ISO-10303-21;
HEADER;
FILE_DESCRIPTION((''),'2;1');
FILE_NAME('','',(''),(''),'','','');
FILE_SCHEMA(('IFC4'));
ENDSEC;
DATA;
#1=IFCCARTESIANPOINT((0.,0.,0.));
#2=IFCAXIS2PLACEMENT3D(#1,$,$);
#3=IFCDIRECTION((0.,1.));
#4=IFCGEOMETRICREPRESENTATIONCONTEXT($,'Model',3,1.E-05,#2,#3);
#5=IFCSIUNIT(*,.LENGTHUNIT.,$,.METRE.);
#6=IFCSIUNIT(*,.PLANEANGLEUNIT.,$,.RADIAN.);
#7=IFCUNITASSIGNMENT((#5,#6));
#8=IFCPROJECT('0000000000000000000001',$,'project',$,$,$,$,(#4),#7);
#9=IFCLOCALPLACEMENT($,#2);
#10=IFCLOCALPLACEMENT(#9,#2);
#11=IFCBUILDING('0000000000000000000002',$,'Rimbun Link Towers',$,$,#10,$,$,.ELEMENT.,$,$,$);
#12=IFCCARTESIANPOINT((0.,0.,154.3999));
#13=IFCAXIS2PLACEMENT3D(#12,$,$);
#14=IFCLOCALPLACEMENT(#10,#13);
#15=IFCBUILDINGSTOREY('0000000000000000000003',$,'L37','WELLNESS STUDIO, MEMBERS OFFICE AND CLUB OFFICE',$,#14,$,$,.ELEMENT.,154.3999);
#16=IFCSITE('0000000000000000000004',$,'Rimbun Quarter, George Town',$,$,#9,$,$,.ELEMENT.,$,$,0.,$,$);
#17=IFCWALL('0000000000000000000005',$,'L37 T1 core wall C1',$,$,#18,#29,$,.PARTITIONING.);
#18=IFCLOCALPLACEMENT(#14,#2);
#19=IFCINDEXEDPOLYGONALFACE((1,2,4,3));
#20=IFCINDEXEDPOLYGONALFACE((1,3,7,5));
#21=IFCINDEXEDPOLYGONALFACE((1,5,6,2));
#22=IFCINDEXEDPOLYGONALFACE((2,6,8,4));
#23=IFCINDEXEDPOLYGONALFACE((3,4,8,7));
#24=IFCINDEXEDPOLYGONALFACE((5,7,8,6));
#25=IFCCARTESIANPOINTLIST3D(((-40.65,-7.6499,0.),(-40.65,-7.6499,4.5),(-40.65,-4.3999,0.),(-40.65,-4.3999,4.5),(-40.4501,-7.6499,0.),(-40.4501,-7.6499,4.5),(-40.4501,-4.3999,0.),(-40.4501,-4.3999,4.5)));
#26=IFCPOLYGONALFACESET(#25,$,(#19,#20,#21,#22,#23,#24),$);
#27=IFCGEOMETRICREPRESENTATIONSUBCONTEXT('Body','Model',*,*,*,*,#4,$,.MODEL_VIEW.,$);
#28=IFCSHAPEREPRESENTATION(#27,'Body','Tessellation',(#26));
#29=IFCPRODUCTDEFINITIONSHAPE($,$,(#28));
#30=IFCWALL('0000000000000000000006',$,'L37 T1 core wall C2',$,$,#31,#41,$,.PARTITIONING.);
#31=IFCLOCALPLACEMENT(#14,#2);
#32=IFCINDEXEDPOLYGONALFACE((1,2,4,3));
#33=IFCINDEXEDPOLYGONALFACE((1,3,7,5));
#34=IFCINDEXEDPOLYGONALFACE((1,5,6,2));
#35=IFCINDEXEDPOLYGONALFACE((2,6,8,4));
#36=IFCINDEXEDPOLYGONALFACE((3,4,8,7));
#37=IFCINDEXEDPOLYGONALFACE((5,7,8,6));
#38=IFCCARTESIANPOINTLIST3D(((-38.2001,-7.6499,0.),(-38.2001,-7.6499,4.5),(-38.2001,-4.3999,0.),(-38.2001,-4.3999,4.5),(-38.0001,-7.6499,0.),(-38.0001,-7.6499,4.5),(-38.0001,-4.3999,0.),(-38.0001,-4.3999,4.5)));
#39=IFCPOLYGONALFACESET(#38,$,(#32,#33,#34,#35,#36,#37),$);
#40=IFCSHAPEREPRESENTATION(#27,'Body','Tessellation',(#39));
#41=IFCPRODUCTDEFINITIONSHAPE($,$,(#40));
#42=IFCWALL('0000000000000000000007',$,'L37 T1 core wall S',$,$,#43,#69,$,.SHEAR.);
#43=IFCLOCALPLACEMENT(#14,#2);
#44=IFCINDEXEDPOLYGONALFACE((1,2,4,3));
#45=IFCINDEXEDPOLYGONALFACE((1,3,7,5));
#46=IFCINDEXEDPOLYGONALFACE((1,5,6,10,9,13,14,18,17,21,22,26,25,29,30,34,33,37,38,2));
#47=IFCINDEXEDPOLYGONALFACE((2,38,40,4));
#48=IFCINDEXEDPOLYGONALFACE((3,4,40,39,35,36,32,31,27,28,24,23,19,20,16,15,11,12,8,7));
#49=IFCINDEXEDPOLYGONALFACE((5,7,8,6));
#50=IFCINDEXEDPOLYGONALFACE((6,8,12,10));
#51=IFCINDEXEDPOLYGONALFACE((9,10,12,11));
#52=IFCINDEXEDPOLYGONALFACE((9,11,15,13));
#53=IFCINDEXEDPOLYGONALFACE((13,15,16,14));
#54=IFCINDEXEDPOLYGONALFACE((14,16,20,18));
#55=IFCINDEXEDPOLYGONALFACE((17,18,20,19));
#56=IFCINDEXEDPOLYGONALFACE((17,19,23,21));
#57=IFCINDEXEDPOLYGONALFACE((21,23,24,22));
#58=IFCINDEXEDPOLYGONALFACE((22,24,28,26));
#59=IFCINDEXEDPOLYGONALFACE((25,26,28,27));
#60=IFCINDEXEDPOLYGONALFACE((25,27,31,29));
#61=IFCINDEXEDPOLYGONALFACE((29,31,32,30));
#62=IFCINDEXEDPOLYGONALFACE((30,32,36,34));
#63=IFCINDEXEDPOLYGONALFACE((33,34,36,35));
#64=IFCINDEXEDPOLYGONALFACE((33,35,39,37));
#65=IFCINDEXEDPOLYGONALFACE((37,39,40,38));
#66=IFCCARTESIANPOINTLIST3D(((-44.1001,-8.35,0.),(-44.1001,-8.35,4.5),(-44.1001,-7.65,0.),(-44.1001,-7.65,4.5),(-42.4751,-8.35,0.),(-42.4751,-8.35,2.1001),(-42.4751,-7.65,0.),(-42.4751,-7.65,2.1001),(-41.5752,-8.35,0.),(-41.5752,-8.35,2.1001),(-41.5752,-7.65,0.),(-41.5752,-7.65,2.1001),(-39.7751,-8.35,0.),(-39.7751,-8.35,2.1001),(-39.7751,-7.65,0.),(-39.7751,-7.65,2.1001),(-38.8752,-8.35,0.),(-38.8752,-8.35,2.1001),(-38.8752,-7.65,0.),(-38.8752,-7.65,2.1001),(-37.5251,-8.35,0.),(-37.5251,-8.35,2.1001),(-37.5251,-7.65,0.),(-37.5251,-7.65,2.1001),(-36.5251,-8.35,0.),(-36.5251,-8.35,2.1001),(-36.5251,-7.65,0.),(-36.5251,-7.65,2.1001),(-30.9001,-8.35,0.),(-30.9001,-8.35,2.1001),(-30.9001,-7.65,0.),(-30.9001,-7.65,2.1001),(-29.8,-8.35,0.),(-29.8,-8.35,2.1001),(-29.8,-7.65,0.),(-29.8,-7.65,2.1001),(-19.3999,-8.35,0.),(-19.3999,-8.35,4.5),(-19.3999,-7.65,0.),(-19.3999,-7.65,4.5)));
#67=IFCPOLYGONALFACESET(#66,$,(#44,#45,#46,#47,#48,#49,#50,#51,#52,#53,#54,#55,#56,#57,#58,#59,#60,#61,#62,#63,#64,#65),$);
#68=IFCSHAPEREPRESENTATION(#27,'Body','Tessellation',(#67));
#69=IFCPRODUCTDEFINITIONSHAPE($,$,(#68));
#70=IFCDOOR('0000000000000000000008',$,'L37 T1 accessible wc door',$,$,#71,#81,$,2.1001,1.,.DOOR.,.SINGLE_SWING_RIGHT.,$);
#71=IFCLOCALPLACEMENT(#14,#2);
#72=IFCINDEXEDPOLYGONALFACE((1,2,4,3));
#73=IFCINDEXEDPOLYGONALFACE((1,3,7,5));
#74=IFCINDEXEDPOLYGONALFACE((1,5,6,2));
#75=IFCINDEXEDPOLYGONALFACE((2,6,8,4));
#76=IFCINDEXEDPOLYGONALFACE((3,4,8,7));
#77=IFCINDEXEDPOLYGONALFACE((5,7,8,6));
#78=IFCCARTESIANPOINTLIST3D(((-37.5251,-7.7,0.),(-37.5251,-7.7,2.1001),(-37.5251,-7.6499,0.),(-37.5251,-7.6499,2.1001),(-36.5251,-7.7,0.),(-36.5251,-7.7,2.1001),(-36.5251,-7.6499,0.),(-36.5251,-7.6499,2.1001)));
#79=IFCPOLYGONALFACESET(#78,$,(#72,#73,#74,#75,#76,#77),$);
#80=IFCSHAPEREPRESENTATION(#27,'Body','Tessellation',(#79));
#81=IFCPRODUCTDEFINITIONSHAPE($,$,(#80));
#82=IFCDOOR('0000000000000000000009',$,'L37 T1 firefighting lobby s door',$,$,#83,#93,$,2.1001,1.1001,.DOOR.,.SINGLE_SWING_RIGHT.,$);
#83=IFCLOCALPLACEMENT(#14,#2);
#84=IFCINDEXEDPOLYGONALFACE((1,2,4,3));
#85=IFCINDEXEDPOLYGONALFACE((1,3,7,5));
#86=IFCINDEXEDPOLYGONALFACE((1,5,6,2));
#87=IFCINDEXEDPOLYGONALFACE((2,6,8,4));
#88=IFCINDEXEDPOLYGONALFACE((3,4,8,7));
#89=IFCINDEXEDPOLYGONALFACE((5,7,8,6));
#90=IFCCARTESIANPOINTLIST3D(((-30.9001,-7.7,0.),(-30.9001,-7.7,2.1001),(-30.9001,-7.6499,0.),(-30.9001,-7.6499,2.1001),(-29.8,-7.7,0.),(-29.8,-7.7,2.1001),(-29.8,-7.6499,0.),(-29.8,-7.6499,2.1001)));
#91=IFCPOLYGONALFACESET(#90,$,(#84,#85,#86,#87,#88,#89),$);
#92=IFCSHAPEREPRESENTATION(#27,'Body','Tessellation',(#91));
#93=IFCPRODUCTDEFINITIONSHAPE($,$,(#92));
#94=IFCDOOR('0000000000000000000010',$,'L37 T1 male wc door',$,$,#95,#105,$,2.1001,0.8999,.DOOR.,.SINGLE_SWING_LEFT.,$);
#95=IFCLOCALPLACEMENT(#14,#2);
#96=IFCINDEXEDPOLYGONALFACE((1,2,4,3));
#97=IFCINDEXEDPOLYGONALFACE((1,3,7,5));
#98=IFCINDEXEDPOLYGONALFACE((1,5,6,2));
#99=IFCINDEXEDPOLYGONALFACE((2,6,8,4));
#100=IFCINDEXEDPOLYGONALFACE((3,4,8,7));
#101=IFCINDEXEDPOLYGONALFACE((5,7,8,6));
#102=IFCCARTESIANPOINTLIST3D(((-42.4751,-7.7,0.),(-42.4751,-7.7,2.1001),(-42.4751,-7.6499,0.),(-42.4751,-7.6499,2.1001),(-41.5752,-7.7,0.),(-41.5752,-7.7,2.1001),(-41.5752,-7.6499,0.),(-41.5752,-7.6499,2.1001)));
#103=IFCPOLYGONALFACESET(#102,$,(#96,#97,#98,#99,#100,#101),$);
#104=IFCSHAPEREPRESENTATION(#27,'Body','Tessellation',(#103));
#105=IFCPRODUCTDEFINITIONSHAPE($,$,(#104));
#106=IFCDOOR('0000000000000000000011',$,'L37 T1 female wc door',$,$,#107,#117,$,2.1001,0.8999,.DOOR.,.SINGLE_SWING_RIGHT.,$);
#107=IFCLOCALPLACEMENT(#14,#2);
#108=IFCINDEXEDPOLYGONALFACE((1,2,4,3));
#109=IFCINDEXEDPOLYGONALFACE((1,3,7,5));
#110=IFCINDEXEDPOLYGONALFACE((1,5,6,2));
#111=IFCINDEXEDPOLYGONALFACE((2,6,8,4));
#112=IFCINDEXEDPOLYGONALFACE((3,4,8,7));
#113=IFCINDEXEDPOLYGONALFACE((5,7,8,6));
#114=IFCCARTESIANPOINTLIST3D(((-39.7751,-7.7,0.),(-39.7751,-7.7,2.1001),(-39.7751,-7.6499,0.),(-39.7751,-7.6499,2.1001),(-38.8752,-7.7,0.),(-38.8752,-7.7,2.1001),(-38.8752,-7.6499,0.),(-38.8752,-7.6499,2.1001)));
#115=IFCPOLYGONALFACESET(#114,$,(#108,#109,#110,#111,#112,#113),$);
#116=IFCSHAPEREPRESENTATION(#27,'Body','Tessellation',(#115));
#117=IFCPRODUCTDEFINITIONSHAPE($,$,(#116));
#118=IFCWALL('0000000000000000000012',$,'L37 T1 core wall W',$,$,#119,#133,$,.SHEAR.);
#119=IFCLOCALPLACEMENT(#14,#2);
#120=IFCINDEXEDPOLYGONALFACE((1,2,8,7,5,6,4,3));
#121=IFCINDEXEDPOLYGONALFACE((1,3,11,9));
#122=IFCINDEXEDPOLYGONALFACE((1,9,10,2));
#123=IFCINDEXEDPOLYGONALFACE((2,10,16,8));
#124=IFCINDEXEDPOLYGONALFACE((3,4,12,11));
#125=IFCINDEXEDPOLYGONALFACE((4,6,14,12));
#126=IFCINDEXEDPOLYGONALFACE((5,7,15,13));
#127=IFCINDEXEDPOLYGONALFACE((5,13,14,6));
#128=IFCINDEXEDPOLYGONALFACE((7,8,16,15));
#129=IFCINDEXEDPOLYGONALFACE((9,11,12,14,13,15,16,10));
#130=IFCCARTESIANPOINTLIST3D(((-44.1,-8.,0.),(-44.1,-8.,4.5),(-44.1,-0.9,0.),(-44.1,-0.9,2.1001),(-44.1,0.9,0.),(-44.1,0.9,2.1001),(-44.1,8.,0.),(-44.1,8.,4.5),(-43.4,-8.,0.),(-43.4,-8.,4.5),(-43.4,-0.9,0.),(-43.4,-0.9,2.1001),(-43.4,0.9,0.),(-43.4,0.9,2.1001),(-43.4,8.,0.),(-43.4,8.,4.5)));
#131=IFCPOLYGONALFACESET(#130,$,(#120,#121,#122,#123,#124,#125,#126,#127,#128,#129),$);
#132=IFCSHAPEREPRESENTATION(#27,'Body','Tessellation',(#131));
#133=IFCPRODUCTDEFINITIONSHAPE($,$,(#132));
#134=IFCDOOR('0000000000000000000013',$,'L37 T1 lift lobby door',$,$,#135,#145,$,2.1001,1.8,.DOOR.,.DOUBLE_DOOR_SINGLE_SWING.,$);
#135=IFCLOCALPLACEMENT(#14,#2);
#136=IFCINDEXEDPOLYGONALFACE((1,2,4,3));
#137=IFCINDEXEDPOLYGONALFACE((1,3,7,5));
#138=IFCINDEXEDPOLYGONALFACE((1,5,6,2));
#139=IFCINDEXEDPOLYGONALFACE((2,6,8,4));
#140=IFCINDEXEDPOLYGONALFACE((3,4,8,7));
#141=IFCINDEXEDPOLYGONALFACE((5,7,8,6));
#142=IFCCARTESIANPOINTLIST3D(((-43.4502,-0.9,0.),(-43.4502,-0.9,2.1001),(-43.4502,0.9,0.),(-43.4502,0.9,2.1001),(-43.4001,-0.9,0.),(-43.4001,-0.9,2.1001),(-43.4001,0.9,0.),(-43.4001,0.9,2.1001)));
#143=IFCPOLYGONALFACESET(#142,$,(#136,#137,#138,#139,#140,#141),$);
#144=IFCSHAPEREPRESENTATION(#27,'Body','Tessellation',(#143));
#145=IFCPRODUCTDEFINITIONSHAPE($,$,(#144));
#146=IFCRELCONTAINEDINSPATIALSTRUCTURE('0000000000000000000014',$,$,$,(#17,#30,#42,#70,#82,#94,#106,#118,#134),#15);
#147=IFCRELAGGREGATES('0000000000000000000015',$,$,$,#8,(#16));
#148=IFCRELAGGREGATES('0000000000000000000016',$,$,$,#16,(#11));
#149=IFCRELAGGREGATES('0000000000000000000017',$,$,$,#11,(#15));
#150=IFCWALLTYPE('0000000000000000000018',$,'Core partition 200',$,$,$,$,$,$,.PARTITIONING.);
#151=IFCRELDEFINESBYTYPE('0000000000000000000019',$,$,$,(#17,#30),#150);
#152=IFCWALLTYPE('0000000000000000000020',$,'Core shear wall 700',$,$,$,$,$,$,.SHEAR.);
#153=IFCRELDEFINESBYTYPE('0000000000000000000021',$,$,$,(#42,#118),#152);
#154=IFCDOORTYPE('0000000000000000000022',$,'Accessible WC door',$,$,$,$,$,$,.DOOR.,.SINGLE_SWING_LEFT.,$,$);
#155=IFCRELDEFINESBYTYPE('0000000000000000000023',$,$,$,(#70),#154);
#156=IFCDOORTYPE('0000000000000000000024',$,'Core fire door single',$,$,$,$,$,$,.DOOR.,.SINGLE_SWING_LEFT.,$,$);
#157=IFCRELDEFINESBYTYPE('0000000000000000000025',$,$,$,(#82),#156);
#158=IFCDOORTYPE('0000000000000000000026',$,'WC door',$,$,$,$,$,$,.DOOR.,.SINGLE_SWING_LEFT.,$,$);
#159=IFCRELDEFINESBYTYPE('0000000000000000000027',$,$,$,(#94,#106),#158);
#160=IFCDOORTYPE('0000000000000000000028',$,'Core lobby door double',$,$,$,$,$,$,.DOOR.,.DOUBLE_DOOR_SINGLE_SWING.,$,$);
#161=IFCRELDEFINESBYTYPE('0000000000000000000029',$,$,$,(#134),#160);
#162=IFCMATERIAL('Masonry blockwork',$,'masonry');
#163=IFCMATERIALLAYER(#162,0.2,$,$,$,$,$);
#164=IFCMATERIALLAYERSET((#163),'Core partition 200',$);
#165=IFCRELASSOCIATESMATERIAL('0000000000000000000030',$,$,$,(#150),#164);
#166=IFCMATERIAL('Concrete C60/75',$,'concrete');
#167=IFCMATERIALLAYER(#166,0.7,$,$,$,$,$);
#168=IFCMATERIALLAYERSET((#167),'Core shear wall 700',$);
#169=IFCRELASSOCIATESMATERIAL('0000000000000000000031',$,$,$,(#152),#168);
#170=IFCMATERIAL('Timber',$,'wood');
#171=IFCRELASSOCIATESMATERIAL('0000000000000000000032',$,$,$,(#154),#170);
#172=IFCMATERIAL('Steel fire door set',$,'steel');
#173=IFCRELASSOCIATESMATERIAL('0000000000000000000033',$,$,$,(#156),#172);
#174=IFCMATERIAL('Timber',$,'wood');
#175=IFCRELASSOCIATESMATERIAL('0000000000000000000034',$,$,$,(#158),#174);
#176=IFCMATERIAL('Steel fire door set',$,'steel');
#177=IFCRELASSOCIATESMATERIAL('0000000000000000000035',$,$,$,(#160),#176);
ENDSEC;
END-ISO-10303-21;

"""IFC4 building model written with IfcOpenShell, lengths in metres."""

from ifc_helpers import new_model, si_unit, direction, frame, frame_2d, origin, place, context, subcontext, project, spatial, rectangle, extrude, material, layer, layer_set, type_object, element, fill, save


model = new_model("IFC4")

# Units and contexts
model_context = context("Model", 3, precision=1e-05, world=origin(), true_north=direction((0.0, 1.0)))
body_context = subcontext(model_context, "Body", "Model", "MODEL_VIEW")
ifc_project = project(units=[si_unit("LENGTHUNIT", "METRE"), si_unit("PLANEANGLEUNIT", "RADIAN")], contexts=[model_context])

# Site, building, storey
site_placement = place(None, origin())
site = spatial("IfcSite", under=ifc_project, at=site_placement, Name="Rimbun Quarter, George Town", CompositionType="ELEMENT", RefElevation=0.0)
building_placement = place(site_placement, origin())
building = spatial("IfcBuilding", under=site, at=building_placement, Name="Rimbun Link Towers", CompositionType="ELEMENT")
storey_placement = place(building_placement, frame((0.0, 0.0, 154.3999)))
storey = spatial("IfcBuildingStorey", under=building, at=storey_placement, Name="L37", Description="WELLNESS STUDIO, MEMBERS OFFICE AND CLUB OFFICE", CompositionType="ELEMENT", Elevation=154.3999)

# Walls
ifc_material_1 = material(Name="Masonry blockwork", Category="masonry")
ifc_layer_1 = layer(ifc_material_1, 0.2)
ifc_layer_set_1 = layer_set([ifc_layer_1], Name="Core partition 200")
wall_type_1 = type_object("IfcWallType", Name="Core partition 200", PredefinedType="PARTITIONING", material=ifc_layer_set_1)
for number, where, z_axis, x_axis, name in (
    (1, (-40.55, -4.3999, 0.0), (0.0, 0.0, 1.0), (0.0, -1.0, 0.0), "L37 T1 core wall C1"),
    (2, (-38.1001, -4.3999, 0.0), (0.0, 0.0, 1.0), (0.0, -1.0, 0.0), "L37 T1 core wall C2"),
):
    element("IfcWall", number, at=place(storey_placement, frame(where, z_axis=z_axis, x_axis=x_axis)), inside=storey, type_object=wall_type_1, Name=name, PredefinedType="PARTITIONING", context=body_context, shape_type="SweptSolid", body=[
        extrude(rectangle(XDim=3.25, YDim=0.2, at=frame_2d((1.625, 0.0))), origin(), (0.0, 0.0, 1.0), 4.5),
    ])

# Wall, openings, doors
ifc_material_2 = material(Name="Concrete C60/75", Category="concrete")
ifc_layer_2 = layer(ifc_material_2, 0.7)
ifc_layer_set_2 = layer_set([ifc_layer_2], Name="Core shear wall 700")
wall_type_2 = type_object("IfcWallType", Name="Core shear wall 700", PredefinedType="SHEAR", material=ifc_layer_set_2)
wall_1_placement = place(storey_placement, frame((-44.1001, -8.0, 0.0), z_axis=(0.0, 0.0, 1.0), x_axis=(1.0, 0.0, 0.0)))
wall_1 = element("IfcWall", 3, at=wall_1_placement, inside=storey, type_object=wall_type_2, Name="L37 T1 core wall S", PredefinedType="SHEAR", context=body_context, shape_type="SweptSolid", body=[
    extrude(rectangle(XDim=24.7002, YDim=0.7, at=frame_2d((12.3501, 0.0))), origin(), (0.0, 0.0, 1.0), 4.5),
])
opening_1_placement = place(wall_1_placement, frame((13.2, 0.0, 0.0)))
opening_1 = element("IfcOpeningElement", 4, at=opening_1_placement, cuts=wall_1, PredefinedType="OPENING", context=body_context, shape_type="SweptSolid", body=[
    extrude(rectangle(XDim=1.1001, YDim=2.1001, at=frame_2d((0.55, 1.05))), frame((0.0, 0.3599, 0.0), z_axis=(0.0, -1.0, 0.0), x_axis=(1.0, 0.0, 0.0)), (0.0, 0.0, 1.0), 0.72),
])
opening_2_placement = place(wall_1_placement, frame((1.625, 0.0, 0.0)))
opening_2 = element("IfcOpeningElement", 5, at=opening_2_placement, cuts=wall_1, PredefinedType="OPENING", context=body_context, shape_type="SweptSolid", body=[
    extrude(rectangle(XDim=0.8999, YDim=2.1001, at=frame_2d((0.45, 1.05))), frame((0.0, 0.3599, 0.0), z_axis=(0.0, -1.0, 0.0), x_axis=(1.0, 0.0, 0.0)), (0.0, 0.0, 1.0), 0.72),
])
opening_3_placement = place(wall_1_placement, frame((4.325, 0.0, 0.0)))
opening_3 = element("IfcOpeningElement", 6, at=opening_3_placement, cuts=wall_1, PredefinedType="OPENING", context=body_context, shape_type="SweptSolid", body=[
    extrude(rectangle(XDim=0.8999, YDim=2.1001, at=frame_2d((0.45, 1.05))), frame((0.0, 0.3599, 0.0), z_axis=(0.0, -1.0, 0.0), x_axis=(1.0, 0.0, 0.0)), (0.0, 0.0, 1.0), 0.72),
])
opening_4_placement = place(wall_1_placement, frame((6.575, 0.0, 0.0)))
opening_4 = element("IfcOpeningElement", 7, at=opening_4_placement, cuts=wall_1, PredefinedType="OPENING", context=body_context, shape_type="SweptSolid", body=[
    extrude(rectangle(XDim=1.0, YDim=2.1001, at=frame_2d((0.5, 1.05))), frame((0.0, 0.3599, 0.0), z_axis=(0.0, -1.0, 0.0), x_axis=(1.0, 0.0, 0.0)), (0.0, 0.0, 1.0), 0.72),
])
ifc_material_3 = material(Name="Timber", Category="wood")
door_type_1 = type_object("IfcDoorType", Name="Accessible WC door", OperationType="SINGLE_SWING_LEFT", PredefinedType="DOOR", material=ifc_material_3)
door_1_placement = place(opening_4_placement, origin())
door_1 = element("IfcDoor", 8, at=door_1_placement, inside=storey, type_object=door_type_1, Name="L37 T1 accessible wc door", OperationType="SINGLE_SWING_RIGHT", OverallHeight=2.1001, OverallWidth=1.0, PredefinedType="DOOR", context=body_context, shape_type="SweptSolid", body=[
    extrude(rectangle(XDim=1.0, YDim=2.1001, at=frame_2d((0.5, 1.05))), frame((0.0, 0.3501, 0.0), z_axis=(0.0, -1.0, 0.0), x_axis=(1.0, 0.0, 0.0)), (0.0, 0.0, 1.0), 0.05),
])
fill(opening_4, door_1)
ifc_material_4 = material(Name="Steel fire door set", Category="steel")
door_type_2 = type_object("IfcDoorType", Name="Core fire door single", OperationType="SINGLE_SWING_LEFT", PredefinedType="DOOR", material=ifc_material_4)
door_2_placement = place(opening_1_placement, origin())
door_2 = element("IfcDoor", 9, at=door_2_placement, inside=storey, type_object=door_type_2, Name="L37 T1 firefighting lobby s door", OperationType="SINGLE_SWING_RIGHT", OverallHeight=2.1001, OverallWidth=1.1001, PredefinedType="DOOR", context=body_context, shape_type="SweptSolid", body=[
    extrude(rectangle(XDim=1.1001, YDim=2.1001, at=frame_2d((0.55, 1.05))), frame((0.0, 0.3501, 0.0), z_axis=(0.0, -1.0, 0.0), x_axis=(1.0, 0.0, 0.0)), (0.0, 0.0, 1.0), 0.05),
])
fill(opening_1, door_2)
ifc_material_5 = material(Name="Timber", Category="wood")
door_type_3 = type_object("IfcDoorType", Name="WC door", OperationType="SINGLE_SWING_LEFT", PredefinedType="DOOR", material=ifc_material_5)
door_3_placement = place(opening_2_placement, origin())
door_3 = element("IfcDoor", 10, at=door_3_placement, inside=storey, type_object=door_type_3, Name="L37 T1 male wc door", OperationType="SINGLE_SWING_LEFT", OverallHeight=2.1001, OverallWidth=0.8999, PredefinedType="DOOR", context=body_context, shape_type="SweptSolid", body=[
    extrude(rectangle(XDim=0.8999, YDim=2.1001, at=frame_2d((0.45, 1.05))), frame((0.0, 0.3501, 0.0), z_axis=(0.0, -1.0, 0.0), x_axis=(1.0, 0.0, 0.0)), (0.0, 0.0, 1.0), 0.05),
])
fill(opening_2, door_3)
door_4_placement = place(opening_3_placement, origin())
door_4 = element("IfcDoor", 11, at=door_4_placement, inside=storey, type_object=door_type_3, Name="L37 T1 female wc door", OperationType="SINGLE_SWING_RIGHT", OverallHeight=2.1001, OverallWidth=0.8999, PredefinedType="DOOR", context=body_context, shape_type="SweptSolid", body=[
    extrude(rectangle(XDim=0.8999, YDim=2.1001, at=frame_2d((0.45, 1.05))), frame((0.0, 0.3501, 0.0), z_axis=(0.0, -1.0, 0.0), x_axis=(1.0, 0.0, 0.0)), (0.0, 0.0, 1.0), 0.05),
])
fill(opening_3, door_4)

# Wall, opening, door
wall_2_placement = place(storey_placement, frame((-43.75, -8.0, 0.0), z_axis=(0.0, 0.0, 1.0), x_axis=(0.0, 1.0, 0.0)))
wall_2 = element("IfcWall", 12, at=wall_2_placement, inside=storey, type_object=wall_type_2, Name="L37 T1 core wall W", PredefinedType="SHEAR", context=body_context, shape_type="SweptSolid", body=[
    extrude(rectangle(XDim=16.0, YDim=0.7, at=frame_2d((8.0, 0.0))), origin(), (0.0, 0.0, 1.0), 4.5),
])
opening_5_placement = place(wall_2_placement, frame((7.1001, 0.0, 0.0)))
opening_5 = element("IfcOpeningElement", 13, at=opening_5_placement, cuts=wall_2, PredefinedType="OPENING", context=body_context, shape_type="SweptSolid", body=[
    extrude(rectangle(XDim=1.8, YDim=2.1001, at=frame_2d((0.8999, 1.05))), frame((0.0, 0.3599, 0.0), z_axis=(0.0, -1.0, 0.0), x_axis=(1.0, 0.0, 0.0)), (0.0, 0.0, 1.0), 0.72),
])
ifc_material_6 = material(Name="Steel fire door set", Category="steel")
door_type_4 = type_object("IfcDoorType", Name="Core lobby door double", OperationType="DOUBLE_DOOR_SINGLE_SWING", PredefinedType="DOOR", material=ifc_material_6)
door_5_placement = place(opening_5_placement, origin())
door_5 = element("IfcDoor", 14, at=door_5_placement, inside=storey, type_object=door_type_4, Name="L37 T1 lift lobby door", OperationType="DOUBLE_DOOR_SINGLE_SWING", OverallHeight=2.1001, OverallWidth=1.8, PredefinedType="DOOR", context=body_context, shape_type="SweptSolid", body=[
    extrude(rectangle(XDim=1.8, YDim=2.1001, at=frame_2d((0.8999, 1.05))), frame((0.0, -0.2998, 0.0), z_axis=(0.0, -1.0, 0.0), x_axis=(1.0, 0.0, 0.0)), (0.0, 0.0, 1.0), 0.05),
])
fill(opening_5, door_5)

save(model, "model.ifc")
